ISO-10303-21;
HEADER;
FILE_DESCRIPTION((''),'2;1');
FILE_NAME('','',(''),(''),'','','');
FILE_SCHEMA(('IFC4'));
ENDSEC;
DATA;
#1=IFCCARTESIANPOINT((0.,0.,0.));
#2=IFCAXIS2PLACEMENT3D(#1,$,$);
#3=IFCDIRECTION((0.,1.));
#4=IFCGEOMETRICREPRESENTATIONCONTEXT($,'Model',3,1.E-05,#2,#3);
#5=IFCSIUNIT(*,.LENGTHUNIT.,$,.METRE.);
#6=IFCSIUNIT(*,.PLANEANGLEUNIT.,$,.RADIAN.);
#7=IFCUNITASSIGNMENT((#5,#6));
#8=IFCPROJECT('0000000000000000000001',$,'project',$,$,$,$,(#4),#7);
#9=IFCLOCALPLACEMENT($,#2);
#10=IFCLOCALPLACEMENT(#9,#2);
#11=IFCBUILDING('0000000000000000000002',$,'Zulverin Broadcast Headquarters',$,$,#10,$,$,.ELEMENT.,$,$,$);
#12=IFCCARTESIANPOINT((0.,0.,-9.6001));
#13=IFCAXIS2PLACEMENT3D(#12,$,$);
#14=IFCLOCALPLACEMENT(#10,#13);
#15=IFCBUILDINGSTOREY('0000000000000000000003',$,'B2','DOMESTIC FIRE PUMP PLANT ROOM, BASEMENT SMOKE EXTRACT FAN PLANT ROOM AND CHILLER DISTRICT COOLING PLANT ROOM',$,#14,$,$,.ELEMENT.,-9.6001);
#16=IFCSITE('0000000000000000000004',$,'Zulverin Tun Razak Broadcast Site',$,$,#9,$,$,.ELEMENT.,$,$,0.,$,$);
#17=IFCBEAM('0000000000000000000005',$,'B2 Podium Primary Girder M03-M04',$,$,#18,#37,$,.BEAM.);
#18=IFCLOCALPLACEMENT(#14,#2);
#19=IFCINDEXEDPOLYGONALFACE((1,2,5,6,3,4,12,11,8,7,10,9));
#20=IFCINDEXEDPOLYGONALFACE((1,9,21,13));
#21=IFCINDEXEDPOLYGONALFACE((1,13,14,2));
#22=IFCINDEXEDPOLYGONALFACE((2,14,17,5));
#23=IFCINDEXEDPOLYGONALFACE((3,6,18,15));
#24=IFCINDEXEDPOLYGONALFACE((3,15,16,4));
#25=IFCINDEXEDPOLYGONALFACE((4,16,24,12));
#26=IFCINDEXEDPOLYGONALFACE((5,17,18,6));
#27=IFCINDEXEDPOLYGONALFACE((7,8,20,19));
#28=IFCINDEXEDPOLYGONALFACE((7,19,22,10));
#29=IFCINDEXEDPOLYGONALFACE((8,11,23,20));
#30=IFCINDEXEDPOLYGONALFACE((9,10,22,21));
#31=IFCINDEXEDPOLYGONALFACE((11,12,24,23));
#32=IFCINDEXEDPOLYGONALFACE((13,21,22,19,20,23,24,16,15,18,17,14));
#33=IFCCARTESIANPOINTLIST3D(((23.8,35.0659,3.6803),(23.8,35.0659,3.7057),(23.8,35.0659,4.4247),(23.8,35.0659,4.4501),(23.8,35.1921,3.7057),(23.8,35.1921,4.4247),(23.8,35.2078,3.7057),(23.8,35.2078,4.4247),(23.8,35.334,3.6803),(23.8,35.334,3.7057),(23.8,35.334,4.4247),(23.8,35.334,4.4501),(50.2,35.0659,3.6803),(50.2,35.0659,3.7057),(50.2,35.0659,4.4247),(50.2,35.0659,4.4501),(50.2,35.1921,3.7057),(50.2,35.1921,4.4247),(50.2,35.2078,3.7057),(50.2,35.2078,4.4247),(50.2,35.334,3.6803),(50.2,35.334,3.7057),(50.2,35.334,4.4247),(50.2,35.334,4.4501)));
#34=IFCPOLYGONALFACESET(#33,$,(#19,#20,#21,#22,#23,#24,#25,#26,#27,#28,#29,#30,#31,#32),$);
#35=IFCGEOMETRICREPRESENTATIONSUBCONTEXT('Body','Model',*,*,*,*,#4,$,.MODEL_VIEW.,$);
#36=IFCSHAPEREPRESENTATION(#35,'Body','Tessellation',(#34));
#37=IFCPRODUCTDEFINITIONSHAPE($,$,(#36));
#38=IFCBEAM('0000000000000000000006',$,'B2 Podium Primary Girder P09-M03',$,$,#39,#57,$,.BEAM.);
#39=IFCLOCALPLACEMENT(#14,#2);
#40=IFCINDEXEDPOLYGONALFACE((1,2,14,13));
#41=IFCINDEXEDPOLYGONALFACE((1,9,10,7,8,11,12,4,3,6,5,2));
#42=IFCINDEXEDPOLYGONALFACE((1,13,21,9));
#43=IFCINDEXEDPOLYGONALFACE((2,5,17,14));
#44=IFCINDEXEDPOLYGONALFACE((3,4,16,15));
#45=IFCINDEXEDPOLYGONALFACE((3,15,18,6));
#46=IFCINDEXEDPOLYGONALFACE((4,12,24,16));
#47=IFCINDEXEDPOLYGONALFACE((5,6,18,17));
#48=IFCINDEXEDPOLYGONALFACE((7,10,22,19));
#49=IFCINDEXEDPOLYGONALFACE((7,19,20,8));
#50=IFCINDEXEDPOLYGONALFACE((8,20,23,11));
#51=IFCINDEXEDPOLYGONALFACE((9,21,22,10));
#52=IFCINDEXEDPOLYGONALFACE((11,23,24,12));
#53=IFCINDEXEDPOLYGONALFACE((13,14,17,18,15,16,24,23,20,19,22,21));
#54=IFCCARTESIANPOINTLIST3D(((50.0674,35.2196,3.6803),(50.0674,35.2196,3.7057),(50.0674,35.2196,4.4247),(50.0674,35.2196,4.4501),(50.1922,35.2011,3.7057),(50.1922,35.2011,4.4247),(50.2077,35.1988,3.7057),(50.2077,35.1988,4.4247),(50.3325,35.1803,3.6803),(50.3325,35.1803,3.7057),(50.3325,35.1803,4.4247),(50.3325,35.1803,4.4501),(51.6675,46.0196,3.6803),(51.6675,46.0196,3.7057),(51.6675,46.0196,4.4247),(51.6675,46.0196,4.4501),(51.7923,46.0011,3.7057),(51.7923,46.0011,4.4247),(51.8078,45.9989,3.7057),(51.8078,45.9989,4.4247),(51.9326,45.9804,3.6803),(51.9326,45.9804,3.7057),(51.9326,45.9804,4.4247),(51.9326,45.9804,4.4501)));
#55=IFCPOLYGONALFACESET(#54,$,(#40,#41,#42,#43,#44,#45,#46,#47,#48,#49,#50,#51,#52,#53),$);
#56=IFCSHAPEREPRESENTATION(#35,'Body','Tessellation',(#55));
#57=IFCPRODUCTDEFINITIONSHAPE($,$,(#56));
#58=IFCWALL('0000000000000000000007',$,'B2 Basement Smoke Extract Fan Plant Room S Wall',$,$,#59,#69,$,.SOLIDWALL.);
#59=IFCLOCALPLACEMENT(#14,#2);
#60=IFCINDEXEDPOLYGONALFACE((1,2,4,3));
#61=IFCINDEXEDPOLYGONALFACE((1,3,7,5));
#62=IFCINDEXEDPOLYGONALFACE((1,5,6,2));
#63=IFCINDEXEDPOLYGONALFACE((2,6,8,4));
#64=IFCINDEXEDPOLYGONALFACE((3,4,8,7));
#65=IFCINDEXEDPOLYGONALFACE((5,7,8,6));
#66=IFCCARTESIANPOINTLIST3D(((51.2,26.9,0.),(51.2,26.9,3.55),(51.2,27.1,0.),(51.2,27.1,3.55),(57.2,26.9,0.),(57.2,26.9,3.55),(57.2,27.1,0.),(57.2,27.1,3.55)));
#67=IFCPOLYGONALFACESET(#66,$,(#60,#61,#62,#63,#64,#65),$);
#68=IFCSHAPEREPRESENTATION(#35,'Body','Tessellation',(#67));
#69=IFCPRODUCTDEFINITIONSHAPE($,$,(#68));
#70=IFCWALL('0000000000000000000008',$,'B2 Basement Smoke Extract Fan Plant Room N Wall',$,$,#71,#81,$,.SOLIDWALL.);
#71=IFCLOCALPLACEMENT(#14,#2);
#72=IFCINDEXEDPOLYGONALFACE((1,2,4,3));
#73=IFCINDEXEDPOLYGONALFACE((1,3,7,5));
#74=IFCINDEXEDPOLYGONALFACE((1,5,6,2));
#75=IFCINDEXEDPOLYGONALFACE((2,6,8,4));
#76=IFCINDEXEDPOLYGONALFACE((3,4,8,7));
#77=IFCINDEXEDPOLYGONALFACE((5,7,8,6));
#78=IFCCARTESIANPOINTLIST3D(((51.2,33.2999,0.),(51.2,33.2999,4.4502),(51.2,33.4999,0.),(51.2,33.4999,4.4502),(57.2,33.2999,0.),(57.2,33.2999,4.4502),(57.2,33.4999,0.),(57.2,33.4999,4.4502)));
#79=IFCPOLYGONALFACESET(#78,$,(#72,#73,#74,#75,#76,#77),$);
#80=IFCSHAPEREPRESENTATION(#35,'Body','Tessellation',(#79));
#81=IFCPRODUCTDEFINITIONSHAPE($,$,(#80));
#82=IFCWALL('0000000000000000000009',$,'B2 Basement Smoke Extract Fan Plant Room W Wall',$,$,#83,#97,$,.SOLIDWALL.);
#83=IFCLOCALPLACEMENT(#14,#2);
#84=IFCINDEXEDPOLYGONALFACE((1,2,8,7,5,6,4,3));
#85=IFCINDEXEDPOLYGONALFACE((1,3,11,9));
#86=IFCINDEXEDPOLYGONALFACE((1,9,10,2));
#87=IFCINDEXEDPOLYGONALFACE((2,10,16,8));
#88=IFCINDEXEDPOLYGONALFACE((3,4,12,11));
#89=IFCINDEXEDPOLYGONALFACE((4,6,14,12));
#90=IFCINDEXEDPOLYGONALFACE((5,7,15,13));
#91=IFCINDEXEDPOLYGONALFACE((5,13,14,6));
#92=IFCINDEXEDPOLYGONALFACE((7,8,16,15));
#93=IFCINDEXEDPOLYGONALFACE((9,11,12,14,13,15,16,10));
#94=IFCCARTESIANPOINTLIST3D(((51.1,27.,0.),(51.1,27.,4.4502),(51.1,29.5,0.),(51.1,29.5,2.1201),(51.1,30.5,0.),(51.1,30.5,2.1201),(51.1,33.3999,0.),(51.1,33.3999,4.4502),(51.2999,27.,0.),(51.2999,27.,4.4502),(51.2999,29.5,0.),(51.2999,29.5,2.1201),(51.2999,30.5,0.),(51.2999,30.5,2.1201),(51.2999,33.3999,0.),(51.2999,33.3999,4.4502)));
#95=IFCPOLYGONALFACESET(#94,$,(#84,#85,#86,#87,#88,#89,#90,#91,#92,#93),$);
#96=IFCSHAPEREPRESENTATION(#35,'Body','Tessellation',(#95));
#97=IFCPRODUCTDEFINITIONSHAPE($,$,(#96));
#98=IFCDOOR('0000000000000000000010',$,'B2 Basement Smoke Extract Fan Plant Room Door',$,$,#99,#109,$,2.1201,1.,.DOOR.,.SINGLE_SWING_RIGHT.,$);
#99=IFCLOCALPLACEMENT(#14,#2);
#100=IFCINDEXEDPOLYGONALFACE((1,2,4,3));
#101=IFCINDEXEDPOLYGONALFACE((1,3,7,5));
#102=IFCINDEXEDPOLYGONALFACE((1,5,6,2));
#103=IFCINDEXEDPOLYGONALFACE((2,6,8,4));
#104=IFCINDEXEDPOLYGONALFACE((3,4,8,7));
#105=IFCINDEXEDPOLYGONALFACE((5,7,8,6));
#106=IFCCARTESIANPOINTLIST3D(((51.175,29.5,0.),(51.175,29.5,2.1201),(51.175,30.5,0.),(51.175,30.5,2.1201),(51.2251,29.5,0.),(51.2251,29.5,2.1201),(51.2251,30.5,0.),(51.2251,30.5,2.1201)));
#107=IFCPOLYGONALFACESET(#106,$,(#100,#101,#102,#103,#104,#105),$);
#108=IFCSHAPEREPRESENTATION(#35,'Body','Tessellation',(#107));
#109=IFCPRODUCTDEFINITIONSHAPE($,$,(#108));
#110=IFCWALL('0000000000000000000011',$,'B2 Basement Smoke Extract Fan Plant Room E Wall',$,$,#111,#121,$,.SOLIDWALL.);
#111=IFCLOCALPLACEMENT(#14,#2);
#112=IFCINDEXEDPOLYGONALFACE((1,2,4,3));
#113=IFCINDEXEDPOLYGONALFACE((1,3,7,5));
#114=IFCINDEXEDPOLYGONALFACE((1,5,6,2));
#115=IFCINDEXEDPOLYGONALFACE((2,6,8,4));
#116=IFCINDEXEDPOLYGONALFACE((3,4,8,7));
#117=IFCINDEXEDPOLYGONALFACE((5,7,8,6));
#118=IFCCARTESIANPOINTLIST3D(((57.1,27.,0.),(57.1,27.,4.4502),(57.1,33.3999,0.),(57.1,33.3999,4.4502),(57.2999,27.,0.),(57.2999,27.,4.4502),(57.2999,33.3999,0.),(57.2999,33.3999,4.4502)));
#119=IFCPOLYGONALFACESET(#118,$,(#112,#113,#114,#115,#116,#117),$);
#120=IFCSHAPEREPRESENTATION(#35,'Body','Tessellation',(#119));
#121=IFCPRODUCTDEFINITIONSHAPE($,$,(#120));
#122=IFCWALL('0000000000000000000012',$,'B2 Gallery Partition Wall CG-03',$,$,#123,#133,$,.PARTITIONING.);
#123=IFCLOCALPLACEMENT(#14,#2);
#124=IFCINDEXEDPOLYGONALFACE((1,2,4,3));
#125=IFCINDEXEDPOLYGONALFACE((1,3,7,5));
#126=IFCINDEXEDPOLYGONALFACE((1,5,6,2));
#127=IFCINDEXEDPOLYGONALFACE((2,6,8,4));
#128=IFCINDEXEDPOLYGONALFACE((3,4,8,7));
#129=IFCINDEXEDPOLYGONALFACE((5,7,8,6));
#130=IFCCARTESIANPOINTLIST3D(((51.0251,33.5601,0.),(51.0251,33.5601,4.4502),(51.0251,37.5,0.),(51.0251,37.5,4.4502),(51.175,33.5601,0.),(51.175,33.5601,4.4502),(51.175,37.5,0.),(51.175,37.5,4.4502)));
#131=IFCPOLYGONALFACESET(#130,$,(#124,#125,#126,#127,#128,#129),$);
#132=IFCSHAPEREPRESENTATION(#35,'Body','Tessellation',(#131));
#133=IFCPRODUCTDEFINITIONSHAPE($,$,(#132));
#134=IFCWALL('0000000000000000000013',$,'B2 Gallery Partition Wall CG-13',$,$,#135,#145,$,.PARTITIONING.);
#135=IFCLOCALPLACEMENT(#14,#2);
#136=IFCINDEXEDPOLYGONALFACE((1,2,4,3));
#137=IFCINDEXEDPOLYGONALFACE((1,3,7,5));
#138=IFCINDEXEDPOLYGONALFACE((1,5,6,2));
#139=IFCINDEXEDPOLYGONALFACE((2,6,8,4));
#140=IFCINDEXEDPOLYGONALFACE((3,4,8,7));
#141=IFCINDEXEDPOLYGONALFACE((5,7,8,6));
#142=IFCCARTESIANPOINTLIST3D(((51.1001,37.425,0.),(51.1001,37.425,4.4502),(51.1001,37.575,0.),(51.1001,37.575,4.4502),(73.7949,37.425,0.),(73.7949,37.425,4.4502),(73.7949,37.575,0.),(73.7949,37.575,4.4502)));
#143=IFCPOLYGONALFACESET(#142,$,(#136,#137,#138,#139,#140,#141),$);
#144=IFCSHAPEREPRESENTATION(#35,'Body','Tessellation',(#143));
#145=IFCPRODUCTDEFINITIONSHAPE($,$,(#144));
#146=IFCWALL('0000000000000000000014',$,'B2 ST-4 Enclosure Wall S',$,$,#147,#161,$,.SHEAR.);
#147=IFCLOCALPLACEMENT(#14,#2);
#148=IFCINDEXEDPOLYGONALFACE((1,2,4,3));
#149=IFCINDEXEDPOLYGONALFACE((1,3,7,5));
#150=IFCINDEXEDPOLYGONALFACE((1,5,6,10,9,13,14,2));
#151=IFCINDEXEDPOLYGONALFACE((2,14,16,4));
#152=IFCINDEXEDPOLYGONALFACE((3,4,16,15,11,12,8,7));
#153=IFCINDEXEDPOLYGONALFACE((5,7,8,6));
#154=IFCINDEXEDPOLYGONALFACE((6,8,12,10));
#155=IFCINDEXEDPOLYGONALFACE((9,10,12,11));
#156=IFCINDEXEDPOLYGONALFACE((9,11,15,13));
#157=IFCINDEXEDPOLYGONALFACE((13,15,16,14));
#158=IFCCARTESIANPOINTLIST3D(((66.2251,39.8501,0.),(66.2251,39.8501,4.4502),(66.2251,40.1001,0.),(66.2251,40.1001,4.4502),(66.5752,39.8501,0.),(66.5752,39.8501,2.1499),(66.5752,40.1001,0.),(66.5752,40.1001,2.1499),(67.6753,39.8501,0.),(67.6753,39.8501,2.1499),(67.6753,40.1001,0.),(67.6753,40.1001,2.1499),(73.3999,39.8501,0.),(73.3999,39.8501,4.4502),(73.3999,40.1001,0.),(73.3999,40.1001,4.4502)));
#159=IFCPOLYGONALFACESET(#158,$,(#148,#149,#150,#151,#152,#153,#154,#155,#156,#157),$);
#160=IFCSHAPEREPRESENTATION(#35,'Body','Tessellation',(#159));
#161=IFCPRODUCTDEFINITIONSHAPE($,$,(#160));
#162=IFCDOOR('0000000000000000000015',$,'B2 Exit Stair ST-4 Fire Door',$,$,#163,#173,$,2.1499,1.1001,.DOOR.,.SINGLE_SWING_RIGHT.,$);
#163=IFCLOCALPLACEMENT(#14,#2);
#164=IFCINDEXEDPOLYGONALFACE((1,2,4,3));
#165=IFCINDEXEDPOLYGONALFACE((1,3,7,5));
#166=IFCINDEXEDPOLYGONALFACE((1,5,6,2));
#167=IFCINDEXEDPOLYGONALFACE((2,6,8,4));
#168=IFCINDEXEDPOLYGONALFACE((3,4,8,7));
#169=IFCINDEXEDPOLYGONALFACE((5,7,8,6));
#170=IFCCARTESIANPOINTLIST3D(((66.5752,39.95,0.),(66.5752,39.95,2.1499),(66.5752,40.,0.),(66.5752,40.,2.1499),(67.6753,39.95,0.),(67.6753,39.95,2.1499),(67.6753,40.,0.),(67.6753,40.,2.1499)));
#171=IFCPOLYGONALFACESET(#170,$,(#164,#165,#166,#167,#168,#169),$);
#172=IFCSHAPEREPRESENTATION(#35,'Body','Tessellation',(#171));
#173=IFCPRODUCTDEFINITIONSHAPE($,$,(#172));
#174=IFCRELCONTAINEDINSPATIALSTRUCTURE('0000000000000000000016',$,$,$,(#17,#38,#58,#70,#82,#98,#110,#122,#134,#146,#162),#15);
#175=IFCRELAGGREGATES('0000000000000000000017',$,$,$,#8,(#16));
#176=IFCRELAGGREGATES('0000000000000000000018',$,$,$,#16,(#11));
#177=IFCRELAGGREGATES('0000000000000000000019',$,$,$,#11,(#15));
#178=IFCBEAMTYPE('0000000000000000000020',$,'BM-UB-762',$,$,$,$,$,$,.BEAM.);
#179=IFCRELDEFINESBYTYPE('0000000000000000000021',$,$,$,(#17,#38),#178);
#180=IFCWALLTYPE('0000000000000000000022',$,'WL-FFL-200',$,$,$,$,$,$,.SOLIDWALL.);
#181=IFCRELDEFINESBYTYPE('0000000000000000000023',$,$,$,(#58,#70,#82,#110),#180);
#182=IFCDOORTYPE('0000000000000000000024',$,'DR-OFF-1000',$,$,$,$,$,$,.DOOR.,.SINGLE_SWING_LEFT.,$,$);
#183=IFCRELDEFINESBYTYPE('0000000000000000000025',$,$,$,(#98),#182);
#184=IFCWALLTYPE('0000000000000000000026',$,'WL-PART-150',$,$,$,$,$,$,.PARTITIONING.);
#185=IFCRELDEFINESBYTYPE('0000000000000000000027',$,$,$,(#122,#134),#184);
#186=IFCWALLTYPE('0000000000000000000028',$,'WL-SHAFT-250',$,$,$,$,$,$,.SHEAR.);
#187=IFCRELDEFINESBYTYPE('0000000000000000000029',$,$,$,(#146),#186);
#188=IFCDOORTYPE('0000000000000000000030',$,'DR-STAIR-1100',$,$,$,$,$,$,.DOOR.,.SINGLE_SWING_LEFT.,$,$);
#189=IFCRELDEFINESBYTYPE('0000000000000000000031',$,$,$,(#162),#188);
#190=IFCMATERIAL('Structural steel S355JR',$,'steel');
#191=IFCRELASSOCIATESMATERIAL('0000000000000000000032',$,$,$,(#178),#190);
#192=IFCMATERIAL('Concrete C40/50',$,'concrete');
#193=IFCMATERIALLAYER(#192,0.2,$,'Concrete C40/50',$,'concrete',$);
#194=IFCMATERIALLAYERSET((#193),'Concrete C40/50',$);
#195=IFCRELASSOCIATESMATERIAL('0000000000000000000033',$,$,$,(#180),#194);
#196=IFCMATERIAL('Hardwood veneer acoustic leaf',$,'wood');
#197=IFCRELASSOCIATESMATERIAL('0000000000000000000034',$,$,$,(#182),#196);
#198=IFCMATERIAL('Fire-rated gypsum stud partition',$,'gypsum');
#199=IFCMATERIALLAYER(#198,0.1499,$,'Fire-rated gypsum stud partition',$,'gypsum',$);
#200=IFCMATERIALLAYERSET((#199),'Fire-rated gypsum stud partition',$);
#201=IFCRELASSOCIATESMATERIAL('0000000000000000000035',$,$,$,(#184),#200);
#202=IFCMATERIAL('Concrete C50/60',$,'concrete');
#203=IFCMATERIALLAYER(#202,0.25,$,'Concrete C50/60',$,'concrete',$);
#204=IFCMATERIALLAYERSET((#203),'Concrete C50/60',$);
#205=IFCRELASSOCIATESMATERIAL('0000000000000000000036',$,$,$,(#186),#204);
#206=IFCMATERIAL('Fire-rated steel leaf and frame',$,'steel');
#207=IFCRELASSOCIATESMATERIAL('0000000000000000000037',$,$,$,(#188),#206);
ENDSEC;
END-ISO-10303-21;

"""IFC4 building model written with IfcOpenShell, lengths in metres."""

from ifc_helpers import new_model, si_unit, direction, frame, frame_2d, origin, origin_2d, place, context, subcontext, project, spatial, rectangle, i_section, extrude, material, layer, layer_set, material_profile, profile_set, type_object, element, fill, save


model = new_model("IFC4")

# Units and contexts
model_context = context("Model", 3, precision=1e-05, world=origin(), true_north=direction((0.0, 1.0)))
body_context = subcontext(model_context, "Body", "Model", "MODEL_VIEW")
ifc_project = project(units=[si_unit("LENGTHUNIT", "METRE"), si_unit("PLANEANGLEUNIT", "RADIAN")], contexts=[model_context])

# Site, building, storey
site_placement = place(None, origin())
site = spatial("IfcSite", under=ifc_project, at=site_placement, Name="Zulverin Tun Razak Broadcast Site", CompositionType="ELEMENT", RefElevation=0.0)
building_placement = place(site_placement, origin())
building = spatial("IfcBuilding", under=site, at=building_placement, Name="Zulverin Broadcast Headquarters", CompositionType="ELEMENT")
storey_placement = place(building_placement, frame((0.0, 0.0, -9.6001)))
storey = spatial("IfcBuildingStorey", under=building, at=storey_placement, Name="B2", Description="DOMESTIC FIRE PUMP PLANT ROOM, BASEMENT SMOKE EXTRACT FAN PLANT ROOM AND CHILLER DISTRICT COOLING PLANT ROOM", CompositionType="ELEMENT", Elevation=-9.6001)

# Shared definitions
ifc_material_1 = material(Name="Concrete C50/60", Category="concrete")

# Beams
ifc_material_2 = material(Name="Structural steel S355JR", Category="steel")
ifc_material_profile_1 = material_profile(ifc_material_2, i_section(OverallWidth=0.2681, OverallDepth=0.7698, WebThickness=0.0156, FlangeThickness=0.0254, at=origin_2d()), Name="Structural steel S355JR", Category="steel")
ifc_profile_set_1 = profile_set([ifc_material_profile_1], Name="Structural steel S355JR")
beam_type = type_object("IfcBeamType", Name="BM-UB-762", PredefinedType="BEAM", material=ifc_profile_set_1)
beam_1_placement = place(storey_placement, frame((50.2, 35.2, 4.0652), z_axis=(-1.0, 0.0, 0.0), x_axis=(0.0, -1.0, 0.0)))
element("IfcBeam", 1, at=beam_1_placement, inside=storey, type_object=beam_type, Name="B2 Podium Primary Girder M03-M04", PredefinedType="BEAM", context=body_context, shape_type="SweptSolid", body=[
    extrude(i_section(OverallWidth=0.2681, OverallDepth=0.7698, WebThickness=0.0156, FlangeThickness=0.0254, at=origin_2d()), origin(), (0.0, 0.0, 1.0), 26.3999),
])
beam_2_placement = place(storey_placement, frame((51.8, 46.0, 4.0652), z_axis=(-0.146557, -0.989202, 0.0), x_axis=(0.989202, -0.146557, 0.0)))
element("IfcBeam", 2, at=beam_2_placement, inside=storey, type_object=beam_type, Name="B2 Podium Primary Girder P09-M03", PredefinedType="BEAM", context=body_context, shape_type="SweptSolid", body=[
    extrude(i_section(OverallWidth=0.2681, OverallDepth=0.7698, WebThickness=0.0156, FlangeThickness=0.0254, at=origin_2d()), origin(), (0.0, 0.0, 1.0), 10.918),
])

# Walls
ifc_material_3 = material(Name="Concrete C40/50", Category="concrete")
ifc_layer_1 = layer(ifc_material_3, 0.2, Name="Concrete C40/50", Category="concrete")
ifc_layer_set_1 = layer_set([ifc_layer_1], Name="Concrete C40/50")
wall_type_1 = type_object("IfcWallType", Name="WL-FFL-200", PredefinedType="SOLIDWALL", material=ifc_layer_set_1)
wall_1_placement = place(storey_placement, frame((51.2, 27.0, 0.0), z_axis=(0.0, 0.0, 1.0), x_axis=(1.0, 0.0, 0.0)))
element("IfcWall", 3, at=wall_1_placement, inside=storey, type_object=wall_type_1, Name="B2 Basement Smoke Extract Fan Plant Room S Wall", PredefinedType="SOLIDWALL", context=body_context, shape_type="SweptSolid", body=[
    extrude(rectangle(XDim=6.0, YDim=0.2, at=frame_2d((3.0, 0.0))), origin(), (0.0, 0.0, 1.0), 3.55),
])
wall_2_placement = place(storey_placement, frame((51.2, 33.3999, 0.0), z_axis=(0.0, 0.0, 1.0), x_axis=(1.0, 0.0, 0.0)))
element("IfcWall", 4, at=wall_2_placement, inside=storey, type_object=wall_type_1, Name="B2 Basement Smoke Extract Fan Plant Room N Wall", PredefinedType="SOLIDWALL", context=body_context, shape_type="SweptSolid", body=[
    extrude(rectangle(XDim=6.0, YDim=0.2, at=frame_2d((3.0, 0.0))), origin(), (0.0, 0.0, 1.0), 4.4502),
])

# Wall, opening, door
wall_3_placement = place(storey_placement, frame((51.2, 27.0, 0.0), z_axis=(0.0, 0.0, 1.0), x_axis=(0.0, 1.0, 0.0)))
wall_3 = element("IfcWall", 5, at=wall_3_placement, inside=storey, type_object=wall_type_1, Name="B2 Basement Smoke Extract Fan Plant Room W Wall", PredefinedType="SOLIDWALL", context=body_context, shape_type="SweptSolid", body=[
    extrude(rectangle(XDim=6.3999, YDim=0.2, at=frame_2d((3.2, 0.0))), origin(), (0.0, 0.0, 1.0), 4.4502),
])
opening_1_placement = place(wall_3_placement, frame((2.5, 0.0, 0.0)))
opening_1 = element("IfcOpeningElement", 6, at=opening_1_placement, cuts=wall_3, PredefinedType="OPENING", context=body_context, shape_type="SweptSolid", body=[
    extrude(rectangle(XDim=1.0, YDim=2.1201, at=frame_2d((0.5, 1.0601))), frame((0.0, 0.1099, 0.0), z_axis=(0.0, -1.0, 0.0), x_axis=(1.0, 0.0, 0.0)), (0.0, 0.0, 1.0), 0.22),
])
ifc_material_4 = material(Name="Hardwood veneer acoustic leaf", Category="wood")
door_type_1 = type_object("IfcDoorType", Name="DR-OFF-1000", OperationType="SINGLE_SWING_LEFT", PredefinedType="DOOR", material=ifc_material_4)
door_1_placement = place(opening_1_placement, origin())
door_1 = element("IfcDoor", 7, at=door_1_placement, inside=storey, type_object=door_type_1, Name="B2 Basement Smoke Extract Fan Plant Room Door", OperationType="SINGLE_SWING_RIGHT", OverallHeight=2.1201, OverallWidth=1.0, PredefinedType="DOOR", context=body_context, shape_type="SweptSolid", body=[
    extrude(rectangle(XDim=1.0, YDim=2.1201, at=frame_2d((0.5, 1.0601))), frame((0.0, 0.0249, 0.0), z_axis=(0.0, -1.0, 0.0), x_axis=(1.0, 0.0, 0.0)), (0.0, 0.0, 1.0), 0.05),
])
fill(opening_1, door_1)

# Walls
wall_4_placement = place(storey_placement, frame((57.2, 27.0, 0.0), z_axis=(0.0, 0.0, 1.0), x_axis=(0.0, 1.0, 0.0)))
element("IfcWall", 8, at=wall_4_placement, inside=storey, type_object=wall_type_1, Name="B2 Basement Smoke Extract Fan Plant Room E Wall", PredefinedType="SOLIDWALL", context=body_context, shape_type="SweptSolid", body=[
    extrude(rectangle(XDim=6.3999, YDim=0.2, at=frame_2d((3.2, 0.0))), origin(), (0.0, 0.0, 1.0), 4.4502),
])
ifc_material_5 = material(Name="Fire-rated gypsum stud partition", Category="gypsum")
ifc_layer_2 = layer(ifc_material_5, 0.1499, Name="Fire-rated gypsum stud partition", Category="gypsum")
ifc_layer_set_2 = layer_set([ifc_layer_2], Name="Fire-rated gypsum stud partition")
wall_type_2 = type_object("IfcWallType", Name="WL-PART-150", PredefinedType="PARTITIONING", material=ifc_layer_set_2)
wall_5_placement = place(storey_placement, frame((51.1001, 33.5601, 0.0), z_axis=(0.0, 0.0, 1.0), x_axis=(0.0, 1.0, 0.0)))
element("IfcWall", 9, at=wall_5_placement, inside=storey, type_object=wall_type_2, Name="B2 Gallery Partition Wall CG-03", PredefinedType="PARTITIONING", context=body_context, shape_type="SweptSolid", body=[
    extrude(rectangle(XDim=3.9399, YDim=0.1499, at=frame_2d((1.97, 0.0))), origin(), (0.0, 0.0, 1.0), 4.4502),
])
wall_6_placement = place(storey_placement, frame((51.1001, 37.5, 0.0), z_axis=(0.0, 0.0, 1.0), x_axis=(1.0, 0.0, 0.0)))
element("IfcWall", 10, at=wall_6_placement, inside=storey, type_object=wall_type_2, Name="B2 Gallery Partition Wall CG-13", PredefinedType="PARTITIONING", context=body_context, shape_type="SweptSolid", body=[
    extrude(rectangle(XDim=22.6948, YDim=0.1499, at=frame_2d((11.3474, 0.0))), origin(), (0.0, 0.0, 1.0), 4.4502),
])

# Wall, opening, door
ifc_layer_3 = layer(ifc_material_1, 0.25, Name="Concrete C50/60", Category="concrete")
ifc_layer_set_3 = layer_set([ifc_layer_3], Name="Concrete C50/60")
wall_type_3 = type_object("IfcWallType", Name="WL-SHAFT-250", PredefinedType="SHEAR", material=ifc_layer_set_3)
wall_7_placement = place(storey_placement, frame((66.2251, 39.9751, 0.0), z_axis=(0.0, 0.0, 1.0), x_axis=(1.0, 0.0, 0.0)))
wall_7 = element("IfcWall", 11, at=wall_7_placement, inside=storey, type_object=wall_type_3, Name="B2 ST-4 Enclosure Wall S", PredefinedType="SHEAR", context=body_context, shape_type="SweptSolid", body=[
    extrude(rectangle(XDim=7.1748, YDim=0.25, at=frame_2d((3.5874, 0.0))), origin(), (0.0, 0.0, 1.0), 4.4502),
])
opening_2_placement = place(wall_7_placement, frame((0.3501, 0.0, 0.0)))
opening_2 = element("IfcOpeningElement", 12, at=opening_2_placement, cuts=wall_7, PredefinedType="OPENING", context=body_context, shape_type="SweptSolid", body=[
    extrude(rectangle(XDim=1.1001, YDim=2.1499, at=frame_2d((0.55, 1.075))), frame((0.0, 0.135, 0.0), z_axis=(0.0, -1.0, 0.0), x_axis=(1.0, 0.0, 0.0)), (0.0, 0.0, 1.0), 0.27),
])
ifc_material_6 = material(Name="Fire-rated steel leaf and frame", Category="steel")
door_type_2 = type_object("IfcDoorType", Name="DR-STAIR-1100", OperationType="SINGLE_SWING_LEFT", PredefinedType="DOOR", material=ifc_material_6)
door_2_placement = place(opening_2_placement, origin())
door_2 = element("IfcDoor", 13, at=door_2_placement, inside=storey, type_object=door_type_2, Name="B2 Exit Stair ST-4 Fire Door", OperationType="SINGLE_SWING_RIGHT", OverallHeight=2.1499, OverallWidth=1.1001, PredefinedType="DOOR", context=body_context, shape_type="SweptSolid", body=[
    extrude(rectangle(XDim=1.1001, YDim=2.1499, at=frame_2d((0.55, 1.075))), frame((0.0, 0.0249, 0.0), z_axis=(0.0, -1.0, 0.0), x_axis=(1.0, 0.0, 0.0)), (0.0, 0.0, 1.0), 0.05),
])
fill(opening_2, door_2)

save(model, "model.ifc")
